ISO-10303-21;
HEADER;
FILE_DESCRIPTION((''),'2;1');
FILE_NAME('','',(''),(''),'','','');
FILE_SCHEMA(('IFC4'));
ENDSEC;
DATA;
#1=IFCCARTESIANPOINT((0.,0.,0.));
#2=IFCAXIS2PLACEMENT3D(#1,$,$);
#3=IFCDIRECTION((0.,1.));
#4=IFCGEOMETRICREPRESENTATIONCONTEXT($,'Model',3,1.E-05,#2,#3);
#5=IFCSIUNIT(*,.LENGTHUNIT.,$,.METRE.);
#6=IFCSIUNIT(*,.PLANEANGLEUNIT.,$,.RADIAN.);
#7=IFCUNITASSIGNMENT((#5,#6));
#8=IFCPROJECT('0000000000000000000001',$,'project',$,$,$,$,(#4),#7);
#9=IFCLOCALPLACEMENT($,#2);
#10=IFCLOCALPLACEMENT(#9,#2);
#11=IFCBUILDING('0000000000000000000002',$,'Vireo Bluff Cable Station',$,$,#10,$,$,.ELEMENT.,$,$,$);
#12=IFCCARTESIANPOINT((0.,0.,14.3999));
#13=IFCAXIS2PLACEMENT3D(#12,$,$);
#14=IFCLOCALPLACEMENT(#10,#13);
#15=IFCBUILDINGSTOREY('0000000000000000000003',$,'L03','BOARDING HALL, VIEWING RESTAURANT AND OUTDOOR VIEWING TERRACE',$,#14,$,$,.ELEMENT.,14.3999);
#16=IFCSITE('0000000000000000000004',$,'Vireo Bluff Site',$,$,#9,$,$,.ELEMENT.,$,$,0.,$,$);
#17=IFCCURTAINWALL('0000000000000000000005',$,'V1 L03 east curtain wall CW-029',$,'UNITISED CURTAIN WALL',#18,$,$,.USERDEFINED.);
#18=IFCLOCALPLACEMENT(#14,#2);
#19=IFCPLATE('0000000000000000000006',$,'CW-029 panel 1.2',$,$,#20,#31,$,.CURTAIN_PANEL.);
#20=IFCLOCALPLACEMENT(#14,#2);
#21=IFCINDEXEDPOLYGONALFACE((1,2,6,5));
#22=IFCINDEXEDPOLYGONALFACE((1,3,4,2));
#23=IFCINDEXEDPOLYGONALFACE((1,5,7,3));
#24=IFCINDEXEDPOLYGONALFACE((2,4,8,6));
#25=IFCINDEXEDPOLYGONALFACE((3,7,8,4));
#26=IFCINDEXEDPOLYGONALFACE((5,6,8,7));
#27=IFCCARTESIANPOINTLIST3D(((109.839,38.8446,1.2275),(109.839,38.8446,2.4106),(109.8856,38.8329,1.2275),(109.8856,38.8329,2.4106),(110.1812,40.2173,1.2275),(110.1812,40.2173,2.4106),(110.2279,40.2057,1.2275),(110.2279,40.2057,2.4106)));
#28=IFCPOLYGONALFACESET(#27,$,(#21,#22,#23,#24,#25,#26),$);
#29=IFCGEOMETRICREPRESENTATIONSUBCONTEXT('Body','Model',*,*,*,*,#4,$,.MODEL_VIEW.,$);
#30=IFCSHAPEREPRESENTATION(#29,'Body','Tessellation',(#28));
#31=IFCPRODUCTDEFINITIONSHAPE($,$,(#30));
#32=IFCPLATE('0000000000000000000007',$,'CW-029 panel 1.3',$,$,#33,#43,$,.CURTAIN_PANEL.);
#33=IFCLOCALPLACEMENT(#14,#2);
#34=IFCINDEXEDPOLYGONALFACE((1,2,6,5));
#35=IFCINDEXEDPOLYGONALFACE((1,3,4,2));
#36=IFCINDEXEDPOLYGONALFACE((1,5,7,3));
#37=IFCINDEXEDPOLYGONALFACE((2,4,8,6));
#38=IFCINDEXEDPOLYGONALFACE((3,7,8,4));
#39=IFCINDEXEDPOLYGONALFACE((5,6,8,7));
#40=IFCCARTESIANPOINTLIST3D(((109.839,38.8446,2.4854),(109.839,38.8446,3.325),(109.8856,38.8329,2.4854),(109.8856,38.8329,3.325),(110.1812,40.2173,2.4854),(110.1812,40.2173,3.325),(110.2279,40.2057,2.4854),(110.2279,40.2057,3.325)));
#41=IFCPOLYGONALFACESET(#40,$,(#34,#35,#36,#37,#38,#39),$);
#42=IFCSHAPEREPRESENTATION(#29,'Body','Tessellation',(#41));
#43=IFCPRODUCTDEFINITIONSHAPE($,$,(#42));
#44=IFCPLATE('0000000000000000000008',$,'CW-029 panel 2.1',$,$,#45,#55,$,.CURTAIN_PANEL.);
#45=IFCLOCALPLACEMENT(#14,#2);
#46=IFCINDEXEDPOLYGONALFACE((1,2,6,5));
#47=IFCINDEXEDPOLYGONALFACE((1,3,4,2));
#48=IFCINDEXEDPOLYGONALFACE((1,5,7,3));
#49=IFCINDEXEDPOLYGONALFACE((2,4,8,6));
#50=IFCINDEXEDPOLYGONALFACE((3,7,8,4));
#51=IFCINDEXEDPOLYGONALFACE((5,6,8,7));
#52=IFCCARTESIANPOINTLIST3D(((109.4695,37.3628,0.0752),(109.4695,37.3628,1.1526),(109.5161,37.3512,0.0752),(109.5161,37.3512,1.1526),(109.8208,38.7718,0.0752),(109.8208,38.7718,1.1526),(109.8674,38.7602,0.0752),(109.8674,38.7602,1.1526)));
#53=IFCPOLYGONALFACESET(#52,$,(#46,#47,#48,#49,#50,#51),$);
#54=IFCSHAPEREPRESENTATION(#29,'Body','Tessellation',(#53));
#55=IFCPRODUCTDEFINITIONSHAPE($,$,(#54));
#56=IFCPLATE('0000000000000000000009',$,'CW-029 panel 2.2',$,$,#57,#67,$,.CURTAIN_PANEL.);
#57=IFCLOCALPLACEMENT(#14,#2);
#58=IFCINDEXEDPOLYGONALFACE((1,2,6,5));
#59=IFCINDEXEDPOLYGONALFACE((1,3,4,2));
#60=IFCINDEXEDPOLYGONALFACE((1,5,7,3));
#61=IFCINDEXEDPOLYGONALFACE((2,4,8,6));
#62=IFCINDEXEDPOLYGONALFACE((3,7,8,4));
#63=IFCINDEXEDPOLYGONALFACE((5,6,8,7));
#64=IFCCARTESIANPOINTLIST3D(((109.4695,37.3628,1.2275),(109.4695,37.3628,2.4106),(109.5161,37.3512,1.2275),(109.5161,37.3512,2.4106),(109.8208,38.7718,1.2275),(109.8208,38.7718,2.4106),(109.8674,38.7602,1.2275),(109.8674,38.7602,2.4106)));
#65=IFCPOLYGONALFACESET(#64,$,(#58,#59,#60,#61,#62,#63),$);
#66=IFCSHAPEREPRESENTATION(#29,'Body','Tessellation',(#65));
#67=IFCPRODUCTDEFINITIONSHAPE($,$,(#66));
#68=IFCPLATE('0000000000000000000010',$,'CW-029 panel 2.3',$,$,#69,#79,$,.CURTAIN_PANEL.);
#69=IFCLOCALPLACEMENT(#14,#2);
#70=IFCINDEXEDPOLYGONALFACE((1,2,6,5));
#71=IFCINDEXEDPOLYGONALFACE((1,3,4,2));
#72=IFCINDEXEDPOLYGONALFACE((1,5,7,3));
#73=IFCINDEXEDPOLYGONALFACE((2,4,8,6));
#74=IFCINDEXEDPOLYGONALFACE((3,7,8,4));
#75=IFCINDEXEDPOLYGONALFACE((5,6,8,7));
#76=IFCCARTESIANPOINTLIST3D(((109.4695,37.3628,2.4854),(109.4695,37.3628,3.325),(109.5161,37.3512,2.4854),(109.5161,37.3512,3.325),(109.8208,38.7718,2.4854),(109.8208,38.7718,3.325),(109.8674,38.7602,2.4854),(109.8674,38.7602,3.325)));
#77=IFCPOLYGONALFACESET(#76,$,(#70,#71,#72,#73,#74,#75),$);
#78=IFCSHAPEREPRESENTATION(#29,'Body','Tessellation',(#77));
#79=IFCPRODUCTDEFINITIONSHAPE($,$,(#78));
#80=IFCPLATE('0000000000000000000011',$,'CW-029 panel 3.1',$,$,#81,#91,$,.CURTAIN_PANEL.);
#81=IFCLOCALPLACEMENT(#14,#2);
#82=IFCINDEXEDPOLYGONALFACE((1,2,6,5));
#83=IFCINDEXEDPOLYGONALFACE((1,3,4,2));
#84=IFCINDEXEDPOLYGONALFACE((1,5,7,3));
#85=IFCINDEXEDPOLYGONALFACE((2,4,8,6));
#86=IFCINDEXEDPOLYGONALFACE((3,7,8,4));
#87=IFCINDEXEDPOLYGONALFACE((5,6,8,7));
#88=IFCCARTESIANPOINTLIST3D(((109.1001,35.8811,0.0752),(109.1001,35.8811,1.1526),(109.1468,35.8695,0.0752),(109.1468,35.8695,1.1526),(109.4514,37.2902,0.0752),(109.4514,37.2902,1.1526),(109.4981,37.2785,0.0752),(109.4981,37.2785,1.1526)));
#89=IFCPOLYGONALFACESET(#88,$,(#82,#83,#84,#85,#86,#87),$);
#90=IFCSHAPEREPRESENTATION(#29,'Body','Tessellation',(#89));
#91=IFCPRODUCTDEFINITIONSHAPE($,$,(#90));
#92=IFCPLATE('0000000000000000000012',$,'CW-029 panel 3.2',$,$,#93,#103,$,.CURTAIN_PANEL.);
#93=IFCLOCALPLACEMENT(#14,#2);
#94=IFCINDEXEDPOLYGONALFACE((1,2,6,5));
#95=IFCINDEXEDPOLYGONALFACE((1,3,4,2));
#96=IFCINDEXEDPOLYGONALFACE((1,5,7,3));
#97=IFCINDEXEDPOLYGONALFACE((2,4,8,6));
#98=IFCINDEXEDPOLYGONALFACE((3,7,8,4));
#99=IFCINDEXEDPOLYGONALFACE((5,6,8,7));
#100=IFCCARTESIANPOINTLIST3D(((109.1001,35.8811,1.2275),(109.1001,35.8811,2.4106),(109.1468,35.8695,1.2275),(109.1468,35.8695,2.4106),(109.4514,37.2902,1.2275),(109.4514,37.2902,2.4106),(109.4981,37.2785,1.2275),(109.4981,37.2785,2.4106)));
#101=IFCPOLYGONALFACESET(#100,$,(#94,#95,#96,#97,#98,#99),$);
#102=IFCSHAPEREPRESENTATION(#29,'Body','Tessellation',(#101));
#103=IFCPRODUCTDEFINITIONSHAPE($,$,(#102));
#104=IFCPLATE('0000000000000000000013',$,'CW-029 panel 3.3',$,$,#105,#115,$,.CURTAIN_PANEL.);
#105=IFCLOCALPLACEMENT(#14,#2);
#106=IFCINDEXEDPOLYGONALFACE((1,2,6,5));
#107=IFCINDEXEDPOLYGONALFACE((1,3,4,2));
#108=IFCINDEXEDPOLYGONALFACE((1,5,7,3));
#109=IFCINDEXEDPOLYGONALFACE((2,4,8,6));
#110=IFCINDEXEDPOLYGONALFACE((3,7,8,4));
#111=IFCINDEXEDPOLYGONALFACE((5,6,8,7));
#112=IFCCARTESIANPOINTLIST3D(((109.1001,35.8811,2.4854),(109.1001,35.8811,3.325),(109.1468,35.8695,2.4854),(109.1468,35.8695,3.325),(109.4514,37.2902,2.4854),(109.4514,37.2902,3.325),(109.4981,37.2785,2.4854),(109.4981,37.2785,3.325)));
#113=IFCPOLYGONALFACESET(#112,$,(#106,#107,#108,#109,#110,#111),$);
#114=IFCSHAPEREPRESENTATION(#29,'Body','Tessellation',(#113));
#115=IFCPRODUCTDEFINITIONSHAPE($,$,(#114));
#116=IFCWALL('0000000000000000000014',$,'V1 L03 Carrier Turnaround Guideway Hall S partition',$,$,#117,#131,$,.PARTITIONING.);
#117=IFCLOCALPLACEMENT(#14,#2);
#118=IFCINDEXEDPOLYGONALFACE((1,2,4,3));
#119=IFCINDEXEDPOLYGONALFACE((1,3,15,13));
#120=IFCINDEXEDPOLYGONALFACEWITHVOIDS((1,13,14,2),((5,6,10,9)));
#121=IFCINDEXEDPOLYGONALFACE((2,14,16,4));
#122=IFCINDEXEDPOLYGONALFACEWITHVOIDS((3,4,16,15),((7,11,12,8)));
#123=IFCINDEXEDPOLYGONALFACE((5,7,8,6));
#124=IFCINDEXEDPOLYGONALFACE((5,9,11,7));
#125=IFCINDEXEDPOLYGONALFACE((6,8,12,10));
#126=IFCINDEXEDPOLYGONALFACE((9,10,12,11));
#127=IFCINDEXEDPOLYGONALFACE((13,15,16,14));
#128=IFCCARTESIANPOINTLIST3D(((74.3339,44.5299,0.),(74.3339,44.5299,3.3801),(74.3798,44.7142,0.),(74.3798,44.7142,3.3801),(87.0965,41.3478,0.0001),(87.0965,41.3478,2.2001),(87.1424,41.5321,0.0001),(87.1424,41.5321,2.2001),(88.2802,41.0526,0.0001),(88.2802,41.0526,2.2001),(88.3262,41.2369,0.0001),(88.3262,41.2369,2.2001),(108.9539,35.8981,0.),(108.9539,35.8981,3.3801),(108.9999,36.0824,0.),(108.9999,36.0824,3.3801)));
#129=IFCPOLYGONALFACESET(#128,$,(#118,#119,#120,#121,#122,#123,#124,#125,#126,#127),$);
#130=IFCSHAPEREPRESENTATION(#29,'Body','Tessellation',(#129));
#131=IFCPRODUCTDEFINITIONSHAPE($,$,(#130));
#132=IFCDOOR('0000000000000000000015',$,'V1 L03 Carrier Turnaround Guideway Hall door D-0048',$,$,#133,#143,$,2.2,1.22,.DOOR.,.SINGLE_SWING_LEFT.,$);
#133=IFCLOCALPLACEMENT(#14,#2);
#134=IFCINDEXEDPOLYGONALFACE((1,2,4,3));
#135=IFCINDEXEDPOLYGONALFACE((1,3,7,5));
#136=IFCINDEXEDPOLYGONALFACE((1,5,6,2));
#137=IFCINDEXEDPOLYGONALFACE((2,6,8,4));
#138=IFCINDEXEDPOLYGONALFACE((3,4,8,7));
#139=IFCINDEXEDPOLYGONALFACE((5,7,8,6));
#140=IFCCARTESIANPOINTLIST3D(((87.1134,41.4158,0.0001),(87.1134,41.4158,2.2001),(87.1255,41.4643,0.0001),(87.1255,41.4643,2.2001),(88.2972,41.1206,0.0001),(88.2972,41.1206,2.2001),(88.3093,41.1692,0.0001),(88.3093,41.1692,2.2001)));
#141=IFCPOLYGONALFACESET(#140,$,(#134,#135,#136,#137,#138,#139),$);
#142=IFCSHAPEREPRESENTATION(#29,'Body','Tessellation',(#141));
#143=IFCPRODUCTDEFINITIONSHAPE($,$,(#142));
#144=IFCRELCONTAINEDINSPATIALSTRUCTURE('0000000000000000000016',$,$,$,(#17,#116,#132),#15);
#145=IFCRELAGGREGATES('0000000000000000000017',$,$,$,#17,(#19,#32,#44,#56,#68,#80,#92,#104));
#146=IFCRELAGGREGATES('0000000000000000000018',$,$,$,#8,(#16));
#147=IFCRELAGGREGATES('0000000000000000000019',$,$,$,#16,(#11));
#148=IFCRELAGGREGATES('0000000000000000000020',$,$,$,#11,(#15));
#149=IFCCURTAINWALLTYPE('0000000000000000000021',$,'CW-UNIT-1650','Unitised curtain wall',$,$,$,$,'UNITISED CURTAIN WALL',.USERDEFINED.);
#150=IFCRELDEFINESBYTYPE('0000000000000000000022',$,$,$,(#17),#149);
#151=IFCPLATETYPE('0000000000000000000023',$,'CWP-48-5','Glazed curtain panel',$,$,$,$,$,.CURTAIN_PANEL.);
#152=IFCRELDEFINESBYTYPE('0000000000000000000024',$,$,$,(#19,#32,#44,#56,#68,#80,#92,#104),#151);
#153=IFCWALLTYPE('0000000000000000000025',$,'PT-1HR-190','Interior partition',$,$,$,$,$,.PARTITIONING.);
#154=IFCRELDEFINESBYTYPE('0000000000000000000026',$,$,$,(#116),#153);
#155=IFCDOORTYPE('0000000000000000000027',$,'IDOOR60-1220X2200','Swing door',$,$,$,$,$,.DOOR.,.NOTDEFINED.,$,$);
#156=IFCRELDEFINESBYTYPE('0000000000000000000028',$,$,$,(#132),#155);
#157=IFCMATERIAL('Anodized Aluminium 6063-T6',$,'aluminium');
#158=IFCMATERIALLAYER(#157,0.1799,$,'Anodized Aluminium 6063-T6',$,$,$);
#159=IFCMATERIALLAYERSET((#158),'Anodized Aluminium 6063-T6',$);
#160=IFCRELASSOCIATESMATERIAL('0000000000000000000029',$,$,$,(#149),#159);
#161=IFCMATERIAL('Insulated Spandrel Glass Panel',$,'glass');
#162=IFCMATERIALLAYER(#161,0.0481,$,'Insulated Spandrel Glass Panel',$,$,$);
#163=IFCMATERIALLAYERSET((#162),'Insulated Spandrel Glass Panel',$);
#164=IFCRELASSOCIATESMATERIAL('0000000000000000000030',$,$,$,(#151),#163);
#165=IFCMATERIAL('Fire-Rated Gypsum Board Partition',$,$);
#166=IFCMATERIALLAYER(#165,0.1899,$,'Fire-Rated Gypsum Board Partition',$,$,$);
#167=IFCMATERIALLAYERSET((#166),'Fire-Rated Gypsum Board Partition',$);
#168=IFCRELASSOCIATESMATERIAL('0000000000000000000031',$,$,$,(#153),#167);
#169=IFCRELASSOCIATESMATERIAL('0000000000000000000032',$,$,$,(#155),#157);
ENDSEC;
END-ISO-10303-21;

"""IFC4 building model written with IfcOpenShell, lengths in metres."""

from ifc_helpers import new_model, si_unit, direction, frame, frame_2d, origin, origin_with_axes, origin_2d, place, context, subcontext, project, spatial, rectangle, extrude, material, layer, layer_set, type_object, element, fill, aggregate, save


model = new_model("IFC4")

# Units and contexts
model_context = context("Model", 3, precision=1e-05, world=origin(), true_north=direction((0.0, 1.0)))
body_context = subcontext(model_context, "Body", "Model", "MODEL_VIEW")
ifc_project = project(units=[si_unit("LENGTHUNIT", "METRE"), si_unit("PLANEANGLEUNIT", "RADIAN")], contexts=[model_context])

# Site, building, storey
site_placement = place(None, origin())
site = spatial("IfcSite", under=ifc_project, at=site_placement, Name="Vireo Bluff Site", CompositionType="ELEMENT", RefElevation=0.0)
building_placement = place(site_placement, origin())
building = spatial("IfcBuilding", under=site, at=building_placement, Name="Vireo Bluff Cable Station", CompositionType="ELEMENT")
storey_placement = place(building_placement, frame((0.0, 0.0, 14.3999)))
storey = spatial("IfcBuildingStorey", under=building, at=storey_placement, Name="L03", Description="BOARDING HALL, VIEWING RESTAURANT AND OUTDOOR VIEWING TERRACE", CompositionType="ELEMENT", Elevation=14.3999)

# Curtain wall, plates
ifc_material_1 = material(Name="Anodized Aluminium 6063-T6", Category="aluminium")
ifc_layer_1 = layer(ifc_material_1, 0.1799, Name="Anodized Aluminium 6063-T6")
ifc_layer_set_1 = layer_set([ifc_layer_1], Name="Anodized Aluminium 6063-T6")
curtain_wall_type = type_object("IfcCurtainWallType", Name="CW-UNIT-1650", Description="Unitised curtain wall", ElementType="UNITISED CURTAIN WALL", PredefinedType="USERDEFINED", material=ifc_layer_set_1)
curtain_wall_placement = place(storey_placement, origin())
curtain_wall = element("IfcCurtainWall", 1, at=curtain_wall_placement, inside=storey, type_object=curtain_wall_type, Name="V1 L03 east curtain wall CW-029", ObjectType="UNITISED CURTAIN WALL", PredefinedType="USERDEFINED")
ifc_material_2 = material(Name="Insulated Spandrel Glass Panel", Category="glass")
ifc_layer_2 = layer(ifc_material_2, 0.0481, Name="Insulated Spandrel Glass Panel")
ifc_layer_set_2 = layer_set([ifc_layer_2], Name="Insulated Spandrel Glass Panel")
plate_type = type_object("IfcPlateType", Name="CWP-48-5", Description="Glazed curtain panel", PredefinedType="CURTAIN_PANEL", material=ifc_layer_set_2)
plate_1_placement = place(storey_placement, frame((110.0334, 39.5251, 1.2275), z_axis=(0.0, 0.0, 1.0), x_axis=(-0.241922, -0.970296, 0.0)))
plate_1 = element("IfcPlate", 2, at=plate_1_placement, type_object=plate_type, Name="CW-029 panel 1.2", PredefinedType="CURTAIN_PANEL", context=body_context, shape_type="SweptSolid", body=[
    extrude(rectangle(XDim=1.4148, YDim=0.0481, at=origin_2d()), origin(), (0.0, 0.0, 1.0), 1.1831),
])
plate_2_placement = place(storey_placement, frame((110.0334, 39.5251, 2.4854), z_axis=(0.0, 0.0, 1.0), x_axis=(-0.241922, -0.970296, 0.0)))
plate_2 = element("IfcPlate", 3, at=plate_2_placement, type_object=plate_type, Name="CW-029 panel 1.3", PredefinedType="CURTAIN_PANEL", context=body_context, shape_type="SweptSolid", body=[
    extrude(rectangle(XDim=1.4148, YDim=0.0481, at=origin_2d()), origin(), (0.0, 0.0, 1.0), 0.8396),
])
plate_3_placement = place(storey_placement, frame((109.6685, 38.0615, 0.0752), z_axis=(0.0, 0.0, 1.0), x_axis=(-0.241922, -0.970296, 0.0)))
plate_3 = element("IfcPlate", 4, at=plate_3_placement, type_object=plate_type, Name="CW-029 panel 2.1", PredefinedType="CURTAIN_PANEL", context=body_context, shape_type="SweptSolid", body=[
    extrude(rectangle(XDim=1.4521, YDim=0.0481, at=origin_2d()), origin(), (0.0, 0.0, 1.0), 1.0774),
])
plate_4_placement = place(storey_placement, frame((109.6685, 38.0615, 1.2275), z_axis=(0.0, 0.0, 1.0), x_axis=(-0.241922, -0.970296, 0.0)))
plate_4 = element("IfcPlate", 5, at=plate_4_placement, type_object=plate_type, Name="CW-029 panel 2.2", PredefinedType="CURTAIN_PANEL", context=body_context, shape_type="SweptSolid", body=[
    extrude(rectangle(XDim=1.4521, YDim=0.0481, at=origin_2d()), origin(), (0.0, 0.0, 1.0), 1.1831),
])
plate_5_placement = place(storey_placement, frame((109.6685, 38.0615, 2.4854), z_axis=(0.0, 0.0, 1.0), x_axis=(-0.241922, -0.970296, 0.0)))
plate_5 = element("IfcPlate", 6, at=plate_5_placement, type_object=plate_type, Name="CW-029 panel 2.3", PredefinedType="CURTAIN_PANEL", context=body_context, shape_type="SweptSolid", body=[
    extrude(rectangle(XDim=1.4521, YDim=0.0481, at=origin_2d()), origin(), (0.0, 0.0, 1.0), 0.8396),
])
plate_6_placement = place(storey_placement, frame((109.2991, 36.5798, 0.0752), z_axis=(0.0, 0.0, 1.0), x_axis=(-0.241922, -0.970296, 0.0)))
plate_6 = element("IfcPlate", 7, at=plate_6_placement, type_object=plate_type, Name="CW-029 panel 3.1", PredefinedType="CURTAIN_PANEL", context=body_context, shape_type="SweptSolid", body=[
    extrude(rectangle(XDim=1.4521, YDim=0.0481, at=origin_2d()), origin(), (0.0, 0.0, 1.0), 1.0774),
])
plate_7_placement = place(storey_placement, frame((109.2991, 36.5798, 1.2275), z_axis=(0.0, 0.0, 1.0), x_axis=(-0.241922, -0.970296, 0.0)))
plate_7 = element("IfcPlate", 8, at=plate_7_placement, type_object=plate_type, Name="CW-029 panel 3.2", PredefinedType="CURTAIN_PANEL", context=body_context, shape_type="SweptSolid", body=[
    extrude(rectangle(XDim=1.4521, YDim=0.0481, at=origin_2d()), origin(), (0.0, 0.0, 1.0), 1.1831),
])
plate_8_placement = place(storey_placement, frame((109.2991, 36.5798, 2.4854), z_axis=(0.0, 0.0, 1.0), x_axis=(-0.241922, -0.970296, 0.0)))
plate_8 = element("IfcPlate", 9, at=plate_8_placement, type_object=plate_type, Name="CW-029 panel 3.3", PredefinedType="CURTAIN_PANEL", context=body_context, shape_type="SweptSolid", body=[
    extrude(rectangle(XDim=1.4521, YDim=0.0481, at=origin_2d()), origin(), (0.0, 0.0, 1.0), 0.8396),
])
aggregate(curtain_wall, [plate_1, plate_2, plate_3, plate_4, plate_5, plate_6, plate_7, plate_8])

# Wall, opening, door
ifc_material_3 = material(Name="Fire-Rated Gypsum Board Partition")
ifc_layer_3 = layer(ifc_material_3, 0.1899, Name="Fire-Rated Gypsum Board Partition")
ifc_layer_set_3 = layer_set([ifc_layer_3], Name="Fire-Rated Gypsum Board Partition")
wall_type = type_object("IfcWallType", Name="PT-1HR-190", Description="Interior partition", PredefinedType="PARTITIONING", material=ifc_layer_set_3)
wall_placement = place(storey_placement, frame((108.9768, 35.9902, 0.0), z_axis=(0.0, 0.0, 1.0), x_axis=(-0.970295, 0.241924, 0.0)))
wall = element("IfcWall", 10, at=wall_placement, inside=storey, type_object=wall_type, Name="V1 L03 Carrier Turnaround Guideway Hall S partition", PredefinedType="PARTITIONING", context=body_context, shape_type="SweptSolid", body=[
    extrude(rectangle(XDim=35.6799, YDim=0.1899, at=frame_2d((17.8398, 0.0))), origin(), (0.0, 0.0, 1.0), 3.3801),
])
opening_placement = place(wall_placement, frame((21.3066, 0.0, 0.0)))
opening = element("IfcOpeningElement", 11, at=opening_placement, cuts=wall, PredefinedType="OPENING", context=body_context, shape_type="SweptSolid", body=[
    extrude(rectangle(XDim=1.22, YDim=2.2, at=frame_2d((0.6099, 1.1001))), frame((0.0, 0.105, 0.0), z_axis=(0.0, -1.0, 0.0), x_axis=(1.0, 0.0, 0.0)), (0.0, 0.0, 1.0), 0.21),
])
door_type = type_object("IfcDoorType", Name="IDOOR60-1220X2200", Description="Swing door", OperationType="NOTDEFINED", PredefinedType="DOOR", material=ifc_material_1)
door_placement = place(opening_placement, origin_with_axes())
door = element("IfcDoor", 12, at=door_placement, inside=storey, type_object=door_type, Name="V1 L03 Carrier Turnaround Guideway Hall door D-0048", OperationType="SINGLE_SWING_LEFT", OverallHeight=2.2, OverallWidth=1.22, PredefinedType="DOOR", context=body_context, shape_type="SweptSolid", body=[
    extrude(rectangle(XDim=1.22, YDim=2.2, at=frame_2d((0.6099, 1.1001))), frame((0.0, 0.0249, 0.0), z_axis=(0.0, -1.0, 0.0), x_axis=(1.0, 0.0, 0.0)), (0.0, 0.0, 1.0), 0.05),
])
fill(opening, door)

save(model, "model.ifc")
